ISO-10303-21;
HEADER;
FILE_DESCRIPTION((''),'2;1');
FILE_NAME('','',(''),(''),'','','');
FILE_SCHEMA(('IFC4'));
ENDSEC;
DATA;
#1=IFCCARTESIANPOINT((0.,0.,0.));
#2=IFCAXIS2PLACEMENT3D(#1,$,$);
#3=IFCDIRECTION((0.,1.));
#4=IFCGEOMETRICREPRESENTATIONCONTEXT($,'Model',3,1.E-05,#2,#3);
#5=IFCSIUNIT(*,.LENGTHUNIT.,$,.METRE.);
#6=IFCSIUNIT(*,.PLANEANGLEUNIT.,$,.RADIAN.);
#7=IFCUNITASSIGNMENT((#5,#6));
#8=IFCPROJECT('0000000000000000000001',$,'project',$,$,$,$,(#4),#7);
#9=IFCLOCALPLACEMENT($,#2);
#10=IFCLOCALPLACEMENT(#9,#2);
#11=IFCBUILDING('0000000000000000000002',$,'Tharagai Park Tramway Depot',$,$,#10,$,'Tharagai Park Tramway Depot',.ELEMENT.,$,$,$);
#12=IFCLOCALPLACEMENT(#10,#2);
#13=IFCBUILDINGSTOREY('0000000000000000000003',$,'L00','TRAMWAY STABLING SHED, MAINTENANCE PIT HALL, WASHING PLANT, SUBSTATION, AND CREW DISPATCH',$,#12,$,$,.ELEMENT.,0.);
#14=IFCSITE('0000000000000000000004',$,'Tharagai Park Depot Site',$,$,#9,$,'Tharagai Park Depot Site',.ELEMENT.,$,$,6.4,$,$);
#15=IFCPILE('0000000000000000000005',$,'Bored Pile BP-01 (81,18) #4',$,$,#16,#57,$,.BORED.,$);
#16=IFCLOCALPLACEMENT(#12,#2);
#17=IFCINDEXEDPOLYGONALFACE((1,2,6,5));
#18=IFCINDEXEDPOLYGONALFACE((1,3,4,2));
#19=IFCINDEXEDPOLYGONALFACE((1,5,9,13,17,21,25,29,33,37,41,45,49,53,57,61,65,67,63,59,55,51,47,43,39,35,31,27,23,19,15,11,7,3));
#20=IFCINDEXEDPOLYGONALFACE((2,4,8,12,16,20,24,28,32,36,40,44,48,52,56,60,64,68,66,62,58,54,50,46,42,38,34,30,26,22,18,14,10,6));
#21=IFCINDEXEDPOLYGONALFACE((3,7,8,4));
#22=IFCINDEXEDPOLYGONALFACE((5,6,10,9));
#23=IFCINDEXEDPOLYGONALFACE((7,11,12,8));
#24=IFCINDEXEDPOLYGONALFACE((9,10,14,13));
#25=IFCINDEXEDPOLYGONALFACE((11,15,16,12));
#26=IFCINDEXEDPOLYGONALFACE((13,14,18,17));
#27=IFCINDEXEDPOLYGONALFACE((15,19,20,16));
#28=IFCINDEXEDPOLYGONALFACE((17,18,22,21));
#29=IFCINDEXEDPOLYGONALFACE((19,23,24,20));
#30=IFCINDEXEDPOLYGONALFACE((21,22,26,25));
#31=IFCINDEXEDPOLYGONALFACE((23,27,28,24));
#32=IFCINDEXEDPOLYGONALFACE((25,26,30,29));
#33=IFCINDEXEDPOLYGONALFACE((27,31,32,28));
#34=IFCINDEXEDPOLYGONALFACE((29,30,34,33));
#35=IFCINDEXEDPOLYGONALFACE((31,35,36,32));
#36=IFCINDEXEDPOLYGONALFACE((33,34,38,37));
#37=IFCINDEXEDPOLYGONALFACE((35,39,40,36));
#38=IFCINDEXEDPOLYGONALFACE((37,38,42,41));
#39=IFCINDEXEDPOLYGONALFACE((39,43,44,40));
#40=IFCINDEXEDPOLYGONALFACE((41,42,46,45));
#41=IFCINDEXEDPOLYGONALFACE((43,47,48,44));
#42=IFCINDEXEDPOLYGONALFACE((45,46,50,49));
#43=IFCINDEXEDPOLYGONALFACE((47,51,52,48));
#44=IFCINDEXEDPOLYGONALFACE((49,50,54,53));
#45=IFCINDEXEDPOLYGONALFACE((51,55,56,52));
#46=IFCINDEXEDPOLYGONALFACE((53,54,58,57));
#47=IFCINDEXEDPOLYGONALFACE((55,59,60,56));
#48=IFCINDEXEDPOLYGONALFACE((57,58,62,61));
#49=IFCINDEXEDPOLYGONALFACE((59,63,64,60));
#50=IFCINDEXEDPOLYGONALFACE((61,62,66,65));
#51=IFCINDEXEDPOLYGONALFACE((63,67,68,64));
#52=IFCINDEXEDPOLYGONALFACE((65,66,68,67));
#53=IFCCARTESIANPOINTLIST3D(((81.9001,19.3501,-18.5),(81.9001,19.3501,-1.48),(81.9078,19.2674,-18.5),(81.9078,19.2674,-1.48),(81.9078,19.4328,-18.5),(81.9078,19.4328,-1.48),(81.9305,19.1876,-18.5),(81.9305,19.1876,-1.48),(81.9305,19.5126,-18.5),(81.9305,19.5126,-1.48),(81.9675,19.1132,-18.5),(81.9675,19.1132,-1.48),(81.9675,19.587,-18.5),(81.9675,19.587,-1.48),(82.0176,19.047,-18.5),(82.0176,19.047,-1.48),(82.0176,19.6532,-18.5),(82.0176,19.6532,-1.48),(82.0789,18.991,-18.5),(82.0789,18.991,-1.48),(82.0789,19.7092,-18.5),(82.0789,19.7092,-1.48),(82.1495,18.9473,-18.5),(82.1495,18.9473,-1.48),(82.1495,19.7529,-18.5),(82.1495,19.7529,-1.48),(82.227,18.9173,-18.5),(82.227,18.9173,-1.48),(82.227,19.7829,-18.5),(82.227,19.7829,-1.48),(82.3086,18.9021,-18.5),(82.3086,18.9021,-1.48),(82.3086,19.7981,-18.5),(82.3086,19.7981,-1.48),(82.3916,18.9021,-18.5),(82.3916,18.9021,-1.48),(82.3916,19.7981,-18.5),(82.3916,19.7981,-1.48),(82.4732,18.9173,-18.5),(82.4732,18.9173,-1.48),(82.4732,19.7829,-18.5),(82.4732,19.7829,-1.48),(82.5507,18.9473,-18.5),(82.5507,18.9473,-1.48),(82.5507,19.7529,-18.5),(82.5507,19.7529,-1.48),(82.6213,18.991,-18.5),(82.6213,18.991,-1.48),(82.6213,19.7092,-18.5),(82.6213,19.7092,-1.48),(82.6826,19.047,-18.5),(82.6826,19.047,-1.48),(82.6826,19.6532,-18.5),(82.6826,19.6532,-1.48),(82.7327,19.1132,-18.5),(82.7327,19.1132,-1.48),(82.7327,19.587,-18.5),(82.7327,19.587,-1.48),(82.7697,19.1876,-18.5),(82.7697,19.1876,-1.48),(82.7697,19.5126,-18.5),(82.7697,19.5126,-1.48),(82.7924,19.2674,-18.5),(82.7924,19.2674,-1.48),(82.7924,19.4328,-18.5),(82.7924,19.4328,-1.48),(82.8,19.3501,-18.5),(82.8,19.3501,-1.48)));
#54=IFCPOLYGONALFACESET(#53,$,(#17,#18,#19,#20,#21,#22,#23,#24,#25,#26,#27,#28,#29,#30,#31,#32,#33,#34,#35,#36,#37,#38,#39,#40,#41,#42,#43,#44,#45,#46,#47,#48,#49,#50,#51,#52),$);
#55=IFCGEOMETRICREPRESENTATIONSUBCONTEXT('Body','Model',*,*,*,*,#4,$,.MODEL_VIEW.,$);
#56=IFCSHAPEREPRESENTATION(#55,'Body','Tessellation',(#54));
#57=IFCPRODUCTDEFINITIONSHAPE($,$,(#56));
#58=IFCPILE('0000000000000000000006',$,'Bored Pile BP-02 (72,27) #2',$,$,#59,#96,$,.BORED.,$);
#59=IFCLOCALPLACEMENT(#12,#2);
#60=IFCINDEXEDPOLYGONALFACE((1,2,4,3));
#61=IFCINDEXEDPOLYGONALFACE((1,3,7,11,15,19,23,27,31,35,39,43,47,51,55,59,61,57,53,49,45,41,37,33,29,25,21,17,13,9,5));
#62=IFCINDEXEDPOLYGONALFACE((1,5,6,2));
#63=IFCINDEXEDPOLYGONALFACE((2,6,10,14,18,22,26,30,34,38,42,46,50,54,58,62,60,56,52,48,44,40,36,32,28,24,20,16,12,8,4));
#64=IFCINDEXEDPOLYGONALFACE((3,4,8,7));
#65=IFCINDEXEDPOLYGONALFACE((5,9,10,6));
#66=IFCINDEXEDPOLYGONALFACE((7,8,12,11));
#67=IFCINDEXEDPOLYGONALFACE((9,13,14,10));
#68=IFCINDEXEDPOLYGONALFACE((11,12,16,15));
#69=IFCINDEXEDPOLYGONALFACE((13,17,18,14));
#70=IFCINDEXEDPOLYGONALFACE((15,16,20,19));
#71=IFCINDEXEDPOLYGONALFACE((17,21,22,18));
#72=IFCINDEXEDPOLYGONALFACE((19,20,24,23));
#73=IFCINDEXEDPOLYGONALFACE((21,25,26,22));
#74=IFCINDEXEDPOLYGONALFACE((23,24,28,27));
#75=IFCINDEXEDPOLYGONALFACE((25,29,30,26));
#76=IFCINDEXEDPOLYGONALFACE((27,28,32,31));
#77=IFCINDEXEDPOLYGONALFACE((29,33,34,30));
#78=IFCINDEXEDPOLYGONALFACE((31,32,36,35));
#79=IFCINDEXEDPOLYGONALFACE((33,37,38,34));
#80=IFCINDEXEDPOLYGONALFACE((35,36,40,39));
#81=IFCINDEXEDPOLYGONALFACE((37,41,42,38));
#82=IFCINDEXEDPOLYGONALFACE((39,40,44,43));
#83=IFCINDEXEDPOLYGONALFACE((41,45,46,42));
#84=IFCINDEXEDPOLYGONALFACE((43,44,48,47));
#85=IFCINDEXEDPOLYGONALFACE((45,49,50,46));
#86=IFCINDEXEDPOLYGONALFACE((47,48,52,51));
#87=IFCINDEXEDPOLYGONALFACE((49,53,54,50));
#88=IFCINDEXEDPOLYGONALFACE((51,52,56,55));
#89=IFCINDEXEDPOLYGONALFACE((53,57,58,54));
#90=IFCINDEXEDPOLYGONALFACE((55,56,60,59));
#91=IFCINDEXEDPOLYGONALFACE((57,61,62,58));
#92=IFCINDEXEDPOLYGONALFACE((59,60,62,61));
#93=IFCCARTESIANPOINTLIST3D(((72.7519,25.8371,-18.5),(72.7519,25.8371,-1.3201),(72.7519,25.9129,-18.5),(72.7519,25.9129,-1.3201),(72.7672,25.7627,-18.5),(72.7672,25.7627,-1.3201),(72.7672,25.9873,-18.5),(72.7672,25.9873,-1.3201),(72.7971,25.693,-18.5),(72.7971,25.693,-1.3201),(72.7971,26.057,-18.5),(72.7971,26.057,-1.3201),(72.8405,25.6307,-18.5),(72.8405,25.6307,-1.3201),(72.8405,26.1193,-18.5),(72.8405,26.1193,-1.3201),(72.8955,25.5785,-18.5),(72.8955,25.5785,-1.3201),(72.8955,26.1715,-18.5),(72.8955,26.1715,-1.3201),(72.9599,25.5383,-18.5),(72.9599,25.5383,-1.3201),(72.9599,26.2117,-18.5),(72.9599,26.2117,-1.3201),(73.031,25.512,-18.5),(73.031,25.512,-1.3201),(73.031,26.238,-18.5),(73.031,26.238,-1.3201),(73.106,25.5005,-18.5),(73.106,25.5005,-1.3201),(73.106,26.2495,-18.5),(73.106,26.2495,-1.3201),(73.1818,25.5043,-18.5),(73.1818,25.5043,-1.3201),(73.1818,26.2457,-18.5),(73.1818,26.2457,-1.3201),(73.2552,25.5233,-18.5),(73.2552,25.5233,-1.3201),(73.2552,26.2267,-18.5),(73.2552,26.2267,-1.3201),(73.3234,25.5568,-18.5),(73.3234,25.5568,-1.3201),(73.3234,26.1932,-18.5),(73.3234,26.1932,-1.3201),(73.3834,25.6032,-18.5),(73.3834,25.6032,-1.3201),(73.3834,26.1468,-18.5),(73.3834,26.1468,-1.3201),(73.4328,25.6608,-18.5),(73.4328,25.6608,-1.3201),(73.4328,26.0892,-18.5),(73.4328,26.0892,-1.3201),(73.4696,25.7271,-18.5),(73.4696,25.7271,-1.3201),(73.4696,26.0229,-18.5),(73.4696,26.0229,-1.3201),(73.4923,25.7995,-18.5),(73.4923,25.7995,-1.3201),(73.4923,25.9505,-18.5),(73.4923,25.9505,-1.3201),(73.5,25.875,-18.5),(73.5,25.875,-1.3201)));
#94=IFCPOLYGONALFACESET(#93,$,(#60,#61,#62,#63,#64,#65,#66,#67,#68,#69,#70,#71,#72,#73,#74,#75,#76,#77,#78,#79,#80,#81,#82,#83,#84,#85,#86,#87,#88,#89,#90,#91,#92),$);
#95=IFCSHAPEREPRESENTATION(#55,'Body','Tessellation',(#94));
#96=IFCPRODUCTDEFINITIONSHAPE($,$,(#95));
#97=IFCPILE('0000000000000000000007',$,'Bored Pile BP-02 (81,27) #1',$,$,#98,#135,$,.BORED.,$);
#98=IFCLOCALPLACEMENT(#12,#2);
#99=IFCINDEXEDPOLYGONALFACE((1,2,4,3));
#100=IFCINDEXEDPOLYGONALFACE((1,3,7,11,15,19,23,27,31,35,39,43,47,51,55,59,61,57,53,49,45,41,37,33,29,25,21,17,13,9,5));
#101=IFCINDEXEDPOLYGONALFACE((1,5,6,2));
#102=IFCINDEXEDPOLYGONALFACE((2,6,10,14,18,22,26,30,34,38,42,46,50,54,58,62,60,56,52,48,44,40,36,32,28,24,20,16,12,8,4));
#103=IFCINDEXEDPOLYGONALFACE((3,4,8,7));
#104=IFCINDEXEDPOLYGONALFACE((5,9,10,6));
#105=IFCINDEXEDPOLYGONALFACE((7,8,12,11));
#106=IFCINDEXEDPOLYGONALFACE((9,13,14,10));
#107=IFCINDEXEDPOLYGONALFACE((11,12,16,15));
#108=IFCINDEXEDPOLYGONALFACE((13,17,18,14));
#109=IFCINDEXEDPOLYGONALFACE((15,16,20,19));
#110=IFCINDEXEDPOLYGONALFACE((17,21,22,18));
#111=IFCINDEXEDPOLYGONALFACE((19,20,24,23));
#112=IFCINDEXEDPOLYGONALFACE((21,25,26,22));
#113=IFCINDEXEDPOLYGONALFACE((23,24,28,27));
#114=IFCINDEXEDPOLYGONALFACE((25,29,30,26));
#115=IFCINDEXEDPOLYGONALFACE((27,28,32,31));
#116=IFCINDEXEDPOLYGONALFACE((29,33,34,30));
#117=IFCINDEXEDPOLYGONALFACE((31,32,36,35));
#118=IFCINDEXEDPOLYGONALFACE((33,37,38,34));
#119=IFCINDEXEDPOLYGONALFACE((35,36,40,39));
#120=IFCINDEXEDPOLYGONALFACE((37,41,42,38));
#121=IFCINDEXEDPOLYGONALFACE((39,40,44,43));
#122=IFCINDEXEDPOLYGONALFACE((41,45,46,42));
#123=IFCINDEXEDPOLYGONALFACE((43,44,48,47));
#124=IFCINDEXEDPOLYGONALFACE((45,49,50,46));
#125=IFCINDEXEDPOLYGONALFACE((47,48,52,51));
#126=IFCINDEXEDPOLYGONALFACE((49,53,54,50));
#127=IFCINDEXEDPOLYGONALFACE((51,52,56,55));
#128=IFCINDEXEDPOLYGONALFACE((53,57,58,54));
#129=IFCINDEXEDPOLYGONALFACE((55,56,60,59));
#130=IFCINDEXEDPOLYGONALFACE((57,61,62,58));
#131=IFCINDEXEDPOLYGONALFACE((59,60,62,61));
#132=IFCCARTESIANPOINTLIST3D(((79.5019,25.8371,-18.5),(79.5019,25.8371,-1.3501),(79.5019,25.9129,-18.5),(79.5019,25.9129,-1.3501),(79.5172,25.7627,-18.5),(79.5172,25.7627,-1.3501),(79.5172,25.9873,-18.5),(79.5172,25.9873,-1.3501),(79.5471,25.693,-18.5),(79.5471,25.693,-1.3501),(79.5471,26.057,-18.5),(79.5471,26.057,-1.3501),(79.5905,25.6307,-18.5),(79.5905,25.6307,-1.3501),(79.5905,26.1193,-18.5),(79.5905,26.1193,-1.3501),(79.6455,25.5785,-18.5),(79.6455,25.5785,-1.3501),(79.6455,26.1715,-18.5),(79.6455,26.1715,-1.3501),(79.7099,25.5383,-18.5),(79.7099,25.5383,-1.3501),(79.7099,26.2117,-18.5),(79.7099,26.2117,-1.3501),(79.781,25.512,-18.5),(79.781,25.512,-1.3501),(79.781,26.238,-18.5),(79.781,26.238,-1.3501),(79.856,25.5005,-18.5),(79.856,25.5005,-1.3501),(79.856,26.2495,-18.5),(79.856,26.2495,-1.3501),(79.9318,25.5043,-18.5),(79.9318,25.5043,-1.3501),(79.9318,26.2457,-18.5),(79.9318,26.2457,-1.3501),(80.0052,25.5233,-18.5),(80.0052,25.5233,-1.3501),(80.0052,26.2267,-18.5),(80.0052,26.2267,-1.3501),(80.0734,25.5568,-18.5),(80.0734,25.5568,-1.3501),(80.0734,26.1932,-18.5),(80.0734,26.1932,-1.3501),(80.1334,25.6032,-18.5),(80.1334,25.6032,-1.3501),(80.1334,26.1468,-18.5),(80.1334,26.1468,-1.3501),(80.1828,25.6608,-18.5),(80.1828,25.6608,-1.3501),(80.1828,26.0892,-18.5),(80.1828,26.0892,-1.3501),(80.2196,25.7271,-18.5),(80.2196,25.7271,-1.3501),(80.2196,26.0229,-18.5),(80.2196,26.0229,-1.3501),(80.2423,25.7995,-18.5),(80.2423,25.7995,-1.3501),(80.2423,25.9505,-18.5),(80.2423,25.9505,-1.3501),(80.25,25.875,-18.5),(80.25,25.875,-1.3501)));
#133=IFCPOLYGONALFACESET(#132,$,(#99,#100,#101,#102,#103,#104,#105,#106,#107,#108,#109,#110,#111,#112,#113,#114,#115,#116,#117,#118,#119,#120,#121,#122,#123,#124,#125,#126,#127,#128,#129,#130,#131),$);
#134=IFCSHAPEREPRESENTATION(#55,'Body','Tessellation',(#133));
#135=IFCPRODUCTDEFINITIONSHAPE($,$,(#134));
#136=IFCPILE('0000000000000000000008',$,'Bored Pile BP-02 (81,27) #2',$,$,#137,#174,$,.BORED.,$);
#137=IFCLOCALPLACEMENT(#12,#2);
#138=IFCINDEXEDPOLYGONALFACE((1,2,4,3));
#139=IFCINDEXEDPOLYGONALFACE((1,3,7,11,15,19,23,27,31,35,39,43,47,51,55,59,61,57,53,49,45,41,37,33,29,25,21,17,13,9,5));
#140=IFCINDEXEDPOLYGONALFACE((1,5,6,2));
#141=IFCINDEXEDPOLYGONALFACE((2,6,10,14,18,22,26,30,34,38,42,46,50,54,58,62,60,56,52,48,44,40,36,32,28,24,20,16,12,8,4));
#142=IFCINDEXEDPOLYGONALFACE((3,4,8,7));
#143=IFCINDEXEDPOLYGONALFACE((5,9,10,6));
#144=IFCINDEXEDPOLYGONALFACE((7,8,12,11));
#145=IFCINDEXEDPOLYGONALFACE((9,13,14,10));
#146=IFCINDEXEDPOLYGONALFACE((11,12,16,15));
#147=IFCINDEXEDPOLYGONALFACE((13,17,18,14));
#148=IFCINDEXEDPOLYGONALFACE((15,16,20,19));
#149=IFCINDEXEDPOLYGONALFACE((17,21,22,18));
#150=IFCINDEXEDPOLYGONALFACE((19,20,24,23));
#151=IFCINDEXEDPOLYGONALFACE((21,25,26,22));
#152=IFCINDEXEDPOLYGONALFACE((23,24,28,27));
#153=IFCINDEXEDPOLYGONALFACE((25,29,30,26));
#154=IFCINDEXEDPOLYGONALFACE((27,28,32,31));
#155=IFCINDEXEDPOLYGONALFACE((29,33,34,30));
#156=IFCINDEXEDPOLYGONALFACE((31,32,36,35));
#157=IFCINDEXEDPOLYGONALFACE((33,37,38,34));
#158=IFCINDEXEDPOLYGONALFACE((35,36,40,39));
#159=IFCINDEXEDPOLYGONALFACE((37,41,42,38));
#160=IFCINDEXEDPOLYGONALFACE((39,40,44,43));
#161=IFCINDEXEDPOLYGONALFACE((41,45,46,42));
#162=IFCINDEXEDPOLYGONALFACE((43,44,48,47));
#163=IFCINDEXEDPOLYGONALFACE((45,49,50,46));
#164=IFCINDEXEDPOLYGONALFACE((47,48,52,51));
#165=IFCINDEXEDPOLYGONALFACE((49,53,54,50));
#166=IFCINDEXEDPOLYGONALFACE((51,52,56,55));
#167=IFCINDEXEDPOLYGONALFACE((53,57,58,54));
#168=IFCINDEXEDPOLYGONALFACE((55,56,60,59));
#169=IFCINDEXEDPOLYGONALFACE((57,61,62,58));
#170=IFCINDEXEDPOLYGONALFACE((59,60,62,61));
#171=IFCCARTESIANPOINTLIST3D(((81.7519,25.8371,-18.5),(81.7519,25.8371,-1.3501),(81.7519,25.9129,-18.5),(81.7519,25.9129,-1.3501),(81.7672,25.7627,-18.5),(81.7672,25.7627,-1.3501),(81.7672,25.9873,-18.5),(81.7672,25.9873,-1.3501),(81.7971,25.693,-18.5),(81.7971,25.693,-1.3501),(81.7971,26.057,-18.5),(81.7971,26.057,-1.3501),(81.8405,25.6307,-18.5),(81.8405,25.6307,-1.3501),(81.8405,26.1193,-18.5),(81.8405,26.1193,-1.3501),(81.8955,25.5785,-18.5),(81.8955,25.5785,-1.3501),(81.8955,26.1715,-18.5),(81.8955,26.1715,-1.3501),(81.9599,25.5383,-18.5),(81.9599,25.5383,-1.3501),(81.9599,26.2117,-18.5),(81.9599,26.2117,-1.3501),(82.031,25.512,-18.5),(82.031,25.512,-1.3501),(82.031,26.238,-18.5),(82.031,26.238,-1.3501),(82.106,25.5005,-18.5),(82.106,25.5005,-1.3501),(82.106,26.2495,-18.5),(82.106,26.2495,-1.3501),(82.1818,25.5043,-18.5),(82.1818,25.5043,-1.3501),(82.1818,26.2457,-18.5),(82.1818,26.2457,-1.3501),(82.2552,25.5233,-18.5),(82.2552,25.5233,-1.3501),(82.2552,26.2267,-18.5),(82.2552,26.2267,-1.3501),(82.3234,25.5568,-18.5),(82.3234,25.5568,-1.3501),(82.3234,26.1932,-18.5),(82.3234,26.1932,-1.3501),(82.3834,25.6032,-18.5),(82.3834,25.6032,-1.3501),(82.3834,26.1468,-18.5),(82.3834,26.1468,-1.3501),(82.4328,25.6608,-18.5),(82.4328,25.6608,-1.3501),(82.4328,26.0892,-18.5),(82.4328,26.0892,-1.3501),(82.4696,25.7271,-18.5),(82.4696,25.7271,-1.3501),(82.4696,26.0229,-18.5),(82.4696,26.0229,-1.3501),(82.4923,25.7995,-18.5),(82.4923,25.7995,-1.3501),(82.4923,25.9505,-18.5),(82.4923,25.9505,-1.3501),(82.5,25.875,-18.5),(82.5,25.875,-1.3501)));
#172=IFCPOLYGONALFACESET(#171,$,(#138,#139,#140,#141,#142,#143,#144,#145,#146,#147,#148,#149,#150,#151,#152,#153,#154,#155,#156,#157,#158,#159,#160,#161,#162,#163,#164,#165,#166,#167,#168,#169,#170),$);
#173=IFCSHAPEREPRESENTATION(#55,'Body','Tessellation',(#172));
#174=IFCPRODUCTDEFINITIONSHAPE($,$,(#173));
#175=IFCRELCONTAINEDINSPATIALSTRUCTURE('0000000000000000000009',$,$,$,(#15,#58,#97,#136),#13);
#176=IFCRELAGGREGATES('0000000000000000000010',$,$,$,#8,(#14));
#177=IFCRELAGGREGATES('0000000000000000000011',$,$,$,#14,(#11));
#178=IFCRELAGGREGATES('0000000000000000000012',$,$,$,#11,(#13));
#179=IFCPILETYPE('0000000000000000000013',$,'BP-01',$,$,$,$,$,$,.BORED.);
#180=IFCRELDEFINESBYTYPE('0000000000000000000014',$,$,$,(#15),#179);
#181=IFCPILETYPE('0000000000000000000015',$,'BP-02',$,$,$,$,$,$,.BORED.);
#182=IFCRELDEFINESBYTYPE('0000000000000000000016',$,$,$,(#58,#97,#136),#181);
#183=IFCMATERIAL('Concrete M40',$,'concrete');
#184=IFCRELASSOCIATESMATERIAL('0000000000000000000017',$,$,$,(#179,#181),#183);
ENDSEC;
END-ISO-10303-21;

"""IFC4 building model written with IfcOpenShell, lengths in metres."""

from ifc_helpers import new_model, si_unit, direction, frame, origin, origin_2d, place, context, subcontext, project, spatial, circle, extrude, material, material_profile, profile_set, type_object, element, save


model = new_model("IFC4")

# Units and contexts
model_context = context("Model", 3, precision=1e-05, world=origin(), true_north=direction((0.0, 1.0)))
body_context = subcontext(model_context, "Body", "Model", "MODEL_VIEW")
ifc_project = project(units=[si_unit("LENGTHUNIT", "METRE"), si_unit("PLANEANGLEUNIT", "RADIAN")], contexts=[model_context])

# Site, building, storey
site_placement = place(None, origin())
site = spatial("IfcSite", under=ifc_project, at=site_placement, Name="Tharagai Park Depot Site", LongName="Tharagai Park Depot Site", CompositionType="ELEMENT", RefElevation=6.4)
building_placement = place(site_placement, origin())
building = spatial("IfcBuilding", under=site, at=building_placement, Name="Tharagai Park Tramway Depot", LongName="Tharagai Park Tramway Depot", CompositionType="ELEMENT")
storey_placement = place(building_placement, origin())
storey = spatial("IfcBuildingStorey", under=building, at=storey_placement, Name="L00", Description="TRAMWAY STABLING SHED, MAINTENANCE PIT HALL, WASHING PLANT, SUBSTATION, AND CREW DISPATCH", CompositionType="ELEMENT", Elevation=0.0)

# Piles
ifc_material_1 = material(Name="Concrete M40", Category="concrete")
ifc_material_profile_1 = material_profile(ifc_material_1, circle(Radius=0.45, at=origin_2d()), Name="PILE D900")
ifc_profile_set_1 = profile_set([ifc_material_profile_1], Name="Concrete M40")
pile_type_1 = type_object("IfcPileType", Name="BP-01", PredefinedType="BORED", material=ifc_profile_set_1)
for number, where, z_axis, x_axis, name in (
    (1, (82.3501, 19.3501, -1.48), (0.0, 0.0, -1.0), (1.0, 0.0, 0.0), "Bored Pile BP-01 (81,18) #4"),
):
    element("IfcPile", number, at=place(storey_placement, frame(where, z_axis=z_axis, x_axis=x_axis)), inside=storey, type_object=pile_type_1, Name=name, PredefinedType="BORED", context=body_context, shape_type="SweptSolid", body=[
        extrude(circle(Radius=0.45, at=origin_2d()), origin(), (0.0, 0.0, 1.0), 17.02),
    ])
ifc_material_profile_2 = material_profile(ifc_material_1, circle(Radius=0.375, at=origin_2d()), Name="PILE D750")
ifc_profile_set_2 = profile_set([ifc_material_profile_2], Name="Concrete M40")
pile_type_2 = type_object("IfcPileType", Name="BP-02", PredefinedType="BORED", material=ifc_profile_set_2)
pile_1_placement = place(storey_placement, frame((73.125, 25.875, -1.3201), z_axis=(0.0, 0.0, -1.0), x_axis=(1.0, 0.0, 0.0)))
element("IfcPile", 2, at=pile_1_placement, inside=storey, type_object=pile_type_2, Name="Bored Pile BP-02 (72,27) #2", PredefinedType="BORED", context=body_context, shape_type="SweptSolid", body=[
    extrude(circle(Radius=0.375, at=origin_2d()), origin(), (0.0, 0.0, 1.0), 17.1799),
])
for number, where, z_axis, x_axis, name in (
    (3, (79.875, 25.875, -1.3501), (0.0, 0.0, -1.0), (1.0, 0.0, 0.0), "Bored Pile BP-02 (81,27) #1"),
    (4, (82.125, 25.875, -1.3501), (0.0, 0.0, -1.0), (1.0, 0.0, 0.0), "Bored Pile BP-02 (81,27) #2"),
):
    element("IfcPile", number, at=place(storey_placement, frame(where, z_axis=z_axis, x_axis=x_axis)), inside=storey, type_object=pile_type_2, Name=name, PredefinedType="BORED", context=body_context, shape_type="SweptSolid", body=[
        extrude(circle(Radius=0.375, at=origin_2d()), origin(), (0.0, 0.0, 1.0), 17.1499),
    ])

save(model, "model.ifc")
